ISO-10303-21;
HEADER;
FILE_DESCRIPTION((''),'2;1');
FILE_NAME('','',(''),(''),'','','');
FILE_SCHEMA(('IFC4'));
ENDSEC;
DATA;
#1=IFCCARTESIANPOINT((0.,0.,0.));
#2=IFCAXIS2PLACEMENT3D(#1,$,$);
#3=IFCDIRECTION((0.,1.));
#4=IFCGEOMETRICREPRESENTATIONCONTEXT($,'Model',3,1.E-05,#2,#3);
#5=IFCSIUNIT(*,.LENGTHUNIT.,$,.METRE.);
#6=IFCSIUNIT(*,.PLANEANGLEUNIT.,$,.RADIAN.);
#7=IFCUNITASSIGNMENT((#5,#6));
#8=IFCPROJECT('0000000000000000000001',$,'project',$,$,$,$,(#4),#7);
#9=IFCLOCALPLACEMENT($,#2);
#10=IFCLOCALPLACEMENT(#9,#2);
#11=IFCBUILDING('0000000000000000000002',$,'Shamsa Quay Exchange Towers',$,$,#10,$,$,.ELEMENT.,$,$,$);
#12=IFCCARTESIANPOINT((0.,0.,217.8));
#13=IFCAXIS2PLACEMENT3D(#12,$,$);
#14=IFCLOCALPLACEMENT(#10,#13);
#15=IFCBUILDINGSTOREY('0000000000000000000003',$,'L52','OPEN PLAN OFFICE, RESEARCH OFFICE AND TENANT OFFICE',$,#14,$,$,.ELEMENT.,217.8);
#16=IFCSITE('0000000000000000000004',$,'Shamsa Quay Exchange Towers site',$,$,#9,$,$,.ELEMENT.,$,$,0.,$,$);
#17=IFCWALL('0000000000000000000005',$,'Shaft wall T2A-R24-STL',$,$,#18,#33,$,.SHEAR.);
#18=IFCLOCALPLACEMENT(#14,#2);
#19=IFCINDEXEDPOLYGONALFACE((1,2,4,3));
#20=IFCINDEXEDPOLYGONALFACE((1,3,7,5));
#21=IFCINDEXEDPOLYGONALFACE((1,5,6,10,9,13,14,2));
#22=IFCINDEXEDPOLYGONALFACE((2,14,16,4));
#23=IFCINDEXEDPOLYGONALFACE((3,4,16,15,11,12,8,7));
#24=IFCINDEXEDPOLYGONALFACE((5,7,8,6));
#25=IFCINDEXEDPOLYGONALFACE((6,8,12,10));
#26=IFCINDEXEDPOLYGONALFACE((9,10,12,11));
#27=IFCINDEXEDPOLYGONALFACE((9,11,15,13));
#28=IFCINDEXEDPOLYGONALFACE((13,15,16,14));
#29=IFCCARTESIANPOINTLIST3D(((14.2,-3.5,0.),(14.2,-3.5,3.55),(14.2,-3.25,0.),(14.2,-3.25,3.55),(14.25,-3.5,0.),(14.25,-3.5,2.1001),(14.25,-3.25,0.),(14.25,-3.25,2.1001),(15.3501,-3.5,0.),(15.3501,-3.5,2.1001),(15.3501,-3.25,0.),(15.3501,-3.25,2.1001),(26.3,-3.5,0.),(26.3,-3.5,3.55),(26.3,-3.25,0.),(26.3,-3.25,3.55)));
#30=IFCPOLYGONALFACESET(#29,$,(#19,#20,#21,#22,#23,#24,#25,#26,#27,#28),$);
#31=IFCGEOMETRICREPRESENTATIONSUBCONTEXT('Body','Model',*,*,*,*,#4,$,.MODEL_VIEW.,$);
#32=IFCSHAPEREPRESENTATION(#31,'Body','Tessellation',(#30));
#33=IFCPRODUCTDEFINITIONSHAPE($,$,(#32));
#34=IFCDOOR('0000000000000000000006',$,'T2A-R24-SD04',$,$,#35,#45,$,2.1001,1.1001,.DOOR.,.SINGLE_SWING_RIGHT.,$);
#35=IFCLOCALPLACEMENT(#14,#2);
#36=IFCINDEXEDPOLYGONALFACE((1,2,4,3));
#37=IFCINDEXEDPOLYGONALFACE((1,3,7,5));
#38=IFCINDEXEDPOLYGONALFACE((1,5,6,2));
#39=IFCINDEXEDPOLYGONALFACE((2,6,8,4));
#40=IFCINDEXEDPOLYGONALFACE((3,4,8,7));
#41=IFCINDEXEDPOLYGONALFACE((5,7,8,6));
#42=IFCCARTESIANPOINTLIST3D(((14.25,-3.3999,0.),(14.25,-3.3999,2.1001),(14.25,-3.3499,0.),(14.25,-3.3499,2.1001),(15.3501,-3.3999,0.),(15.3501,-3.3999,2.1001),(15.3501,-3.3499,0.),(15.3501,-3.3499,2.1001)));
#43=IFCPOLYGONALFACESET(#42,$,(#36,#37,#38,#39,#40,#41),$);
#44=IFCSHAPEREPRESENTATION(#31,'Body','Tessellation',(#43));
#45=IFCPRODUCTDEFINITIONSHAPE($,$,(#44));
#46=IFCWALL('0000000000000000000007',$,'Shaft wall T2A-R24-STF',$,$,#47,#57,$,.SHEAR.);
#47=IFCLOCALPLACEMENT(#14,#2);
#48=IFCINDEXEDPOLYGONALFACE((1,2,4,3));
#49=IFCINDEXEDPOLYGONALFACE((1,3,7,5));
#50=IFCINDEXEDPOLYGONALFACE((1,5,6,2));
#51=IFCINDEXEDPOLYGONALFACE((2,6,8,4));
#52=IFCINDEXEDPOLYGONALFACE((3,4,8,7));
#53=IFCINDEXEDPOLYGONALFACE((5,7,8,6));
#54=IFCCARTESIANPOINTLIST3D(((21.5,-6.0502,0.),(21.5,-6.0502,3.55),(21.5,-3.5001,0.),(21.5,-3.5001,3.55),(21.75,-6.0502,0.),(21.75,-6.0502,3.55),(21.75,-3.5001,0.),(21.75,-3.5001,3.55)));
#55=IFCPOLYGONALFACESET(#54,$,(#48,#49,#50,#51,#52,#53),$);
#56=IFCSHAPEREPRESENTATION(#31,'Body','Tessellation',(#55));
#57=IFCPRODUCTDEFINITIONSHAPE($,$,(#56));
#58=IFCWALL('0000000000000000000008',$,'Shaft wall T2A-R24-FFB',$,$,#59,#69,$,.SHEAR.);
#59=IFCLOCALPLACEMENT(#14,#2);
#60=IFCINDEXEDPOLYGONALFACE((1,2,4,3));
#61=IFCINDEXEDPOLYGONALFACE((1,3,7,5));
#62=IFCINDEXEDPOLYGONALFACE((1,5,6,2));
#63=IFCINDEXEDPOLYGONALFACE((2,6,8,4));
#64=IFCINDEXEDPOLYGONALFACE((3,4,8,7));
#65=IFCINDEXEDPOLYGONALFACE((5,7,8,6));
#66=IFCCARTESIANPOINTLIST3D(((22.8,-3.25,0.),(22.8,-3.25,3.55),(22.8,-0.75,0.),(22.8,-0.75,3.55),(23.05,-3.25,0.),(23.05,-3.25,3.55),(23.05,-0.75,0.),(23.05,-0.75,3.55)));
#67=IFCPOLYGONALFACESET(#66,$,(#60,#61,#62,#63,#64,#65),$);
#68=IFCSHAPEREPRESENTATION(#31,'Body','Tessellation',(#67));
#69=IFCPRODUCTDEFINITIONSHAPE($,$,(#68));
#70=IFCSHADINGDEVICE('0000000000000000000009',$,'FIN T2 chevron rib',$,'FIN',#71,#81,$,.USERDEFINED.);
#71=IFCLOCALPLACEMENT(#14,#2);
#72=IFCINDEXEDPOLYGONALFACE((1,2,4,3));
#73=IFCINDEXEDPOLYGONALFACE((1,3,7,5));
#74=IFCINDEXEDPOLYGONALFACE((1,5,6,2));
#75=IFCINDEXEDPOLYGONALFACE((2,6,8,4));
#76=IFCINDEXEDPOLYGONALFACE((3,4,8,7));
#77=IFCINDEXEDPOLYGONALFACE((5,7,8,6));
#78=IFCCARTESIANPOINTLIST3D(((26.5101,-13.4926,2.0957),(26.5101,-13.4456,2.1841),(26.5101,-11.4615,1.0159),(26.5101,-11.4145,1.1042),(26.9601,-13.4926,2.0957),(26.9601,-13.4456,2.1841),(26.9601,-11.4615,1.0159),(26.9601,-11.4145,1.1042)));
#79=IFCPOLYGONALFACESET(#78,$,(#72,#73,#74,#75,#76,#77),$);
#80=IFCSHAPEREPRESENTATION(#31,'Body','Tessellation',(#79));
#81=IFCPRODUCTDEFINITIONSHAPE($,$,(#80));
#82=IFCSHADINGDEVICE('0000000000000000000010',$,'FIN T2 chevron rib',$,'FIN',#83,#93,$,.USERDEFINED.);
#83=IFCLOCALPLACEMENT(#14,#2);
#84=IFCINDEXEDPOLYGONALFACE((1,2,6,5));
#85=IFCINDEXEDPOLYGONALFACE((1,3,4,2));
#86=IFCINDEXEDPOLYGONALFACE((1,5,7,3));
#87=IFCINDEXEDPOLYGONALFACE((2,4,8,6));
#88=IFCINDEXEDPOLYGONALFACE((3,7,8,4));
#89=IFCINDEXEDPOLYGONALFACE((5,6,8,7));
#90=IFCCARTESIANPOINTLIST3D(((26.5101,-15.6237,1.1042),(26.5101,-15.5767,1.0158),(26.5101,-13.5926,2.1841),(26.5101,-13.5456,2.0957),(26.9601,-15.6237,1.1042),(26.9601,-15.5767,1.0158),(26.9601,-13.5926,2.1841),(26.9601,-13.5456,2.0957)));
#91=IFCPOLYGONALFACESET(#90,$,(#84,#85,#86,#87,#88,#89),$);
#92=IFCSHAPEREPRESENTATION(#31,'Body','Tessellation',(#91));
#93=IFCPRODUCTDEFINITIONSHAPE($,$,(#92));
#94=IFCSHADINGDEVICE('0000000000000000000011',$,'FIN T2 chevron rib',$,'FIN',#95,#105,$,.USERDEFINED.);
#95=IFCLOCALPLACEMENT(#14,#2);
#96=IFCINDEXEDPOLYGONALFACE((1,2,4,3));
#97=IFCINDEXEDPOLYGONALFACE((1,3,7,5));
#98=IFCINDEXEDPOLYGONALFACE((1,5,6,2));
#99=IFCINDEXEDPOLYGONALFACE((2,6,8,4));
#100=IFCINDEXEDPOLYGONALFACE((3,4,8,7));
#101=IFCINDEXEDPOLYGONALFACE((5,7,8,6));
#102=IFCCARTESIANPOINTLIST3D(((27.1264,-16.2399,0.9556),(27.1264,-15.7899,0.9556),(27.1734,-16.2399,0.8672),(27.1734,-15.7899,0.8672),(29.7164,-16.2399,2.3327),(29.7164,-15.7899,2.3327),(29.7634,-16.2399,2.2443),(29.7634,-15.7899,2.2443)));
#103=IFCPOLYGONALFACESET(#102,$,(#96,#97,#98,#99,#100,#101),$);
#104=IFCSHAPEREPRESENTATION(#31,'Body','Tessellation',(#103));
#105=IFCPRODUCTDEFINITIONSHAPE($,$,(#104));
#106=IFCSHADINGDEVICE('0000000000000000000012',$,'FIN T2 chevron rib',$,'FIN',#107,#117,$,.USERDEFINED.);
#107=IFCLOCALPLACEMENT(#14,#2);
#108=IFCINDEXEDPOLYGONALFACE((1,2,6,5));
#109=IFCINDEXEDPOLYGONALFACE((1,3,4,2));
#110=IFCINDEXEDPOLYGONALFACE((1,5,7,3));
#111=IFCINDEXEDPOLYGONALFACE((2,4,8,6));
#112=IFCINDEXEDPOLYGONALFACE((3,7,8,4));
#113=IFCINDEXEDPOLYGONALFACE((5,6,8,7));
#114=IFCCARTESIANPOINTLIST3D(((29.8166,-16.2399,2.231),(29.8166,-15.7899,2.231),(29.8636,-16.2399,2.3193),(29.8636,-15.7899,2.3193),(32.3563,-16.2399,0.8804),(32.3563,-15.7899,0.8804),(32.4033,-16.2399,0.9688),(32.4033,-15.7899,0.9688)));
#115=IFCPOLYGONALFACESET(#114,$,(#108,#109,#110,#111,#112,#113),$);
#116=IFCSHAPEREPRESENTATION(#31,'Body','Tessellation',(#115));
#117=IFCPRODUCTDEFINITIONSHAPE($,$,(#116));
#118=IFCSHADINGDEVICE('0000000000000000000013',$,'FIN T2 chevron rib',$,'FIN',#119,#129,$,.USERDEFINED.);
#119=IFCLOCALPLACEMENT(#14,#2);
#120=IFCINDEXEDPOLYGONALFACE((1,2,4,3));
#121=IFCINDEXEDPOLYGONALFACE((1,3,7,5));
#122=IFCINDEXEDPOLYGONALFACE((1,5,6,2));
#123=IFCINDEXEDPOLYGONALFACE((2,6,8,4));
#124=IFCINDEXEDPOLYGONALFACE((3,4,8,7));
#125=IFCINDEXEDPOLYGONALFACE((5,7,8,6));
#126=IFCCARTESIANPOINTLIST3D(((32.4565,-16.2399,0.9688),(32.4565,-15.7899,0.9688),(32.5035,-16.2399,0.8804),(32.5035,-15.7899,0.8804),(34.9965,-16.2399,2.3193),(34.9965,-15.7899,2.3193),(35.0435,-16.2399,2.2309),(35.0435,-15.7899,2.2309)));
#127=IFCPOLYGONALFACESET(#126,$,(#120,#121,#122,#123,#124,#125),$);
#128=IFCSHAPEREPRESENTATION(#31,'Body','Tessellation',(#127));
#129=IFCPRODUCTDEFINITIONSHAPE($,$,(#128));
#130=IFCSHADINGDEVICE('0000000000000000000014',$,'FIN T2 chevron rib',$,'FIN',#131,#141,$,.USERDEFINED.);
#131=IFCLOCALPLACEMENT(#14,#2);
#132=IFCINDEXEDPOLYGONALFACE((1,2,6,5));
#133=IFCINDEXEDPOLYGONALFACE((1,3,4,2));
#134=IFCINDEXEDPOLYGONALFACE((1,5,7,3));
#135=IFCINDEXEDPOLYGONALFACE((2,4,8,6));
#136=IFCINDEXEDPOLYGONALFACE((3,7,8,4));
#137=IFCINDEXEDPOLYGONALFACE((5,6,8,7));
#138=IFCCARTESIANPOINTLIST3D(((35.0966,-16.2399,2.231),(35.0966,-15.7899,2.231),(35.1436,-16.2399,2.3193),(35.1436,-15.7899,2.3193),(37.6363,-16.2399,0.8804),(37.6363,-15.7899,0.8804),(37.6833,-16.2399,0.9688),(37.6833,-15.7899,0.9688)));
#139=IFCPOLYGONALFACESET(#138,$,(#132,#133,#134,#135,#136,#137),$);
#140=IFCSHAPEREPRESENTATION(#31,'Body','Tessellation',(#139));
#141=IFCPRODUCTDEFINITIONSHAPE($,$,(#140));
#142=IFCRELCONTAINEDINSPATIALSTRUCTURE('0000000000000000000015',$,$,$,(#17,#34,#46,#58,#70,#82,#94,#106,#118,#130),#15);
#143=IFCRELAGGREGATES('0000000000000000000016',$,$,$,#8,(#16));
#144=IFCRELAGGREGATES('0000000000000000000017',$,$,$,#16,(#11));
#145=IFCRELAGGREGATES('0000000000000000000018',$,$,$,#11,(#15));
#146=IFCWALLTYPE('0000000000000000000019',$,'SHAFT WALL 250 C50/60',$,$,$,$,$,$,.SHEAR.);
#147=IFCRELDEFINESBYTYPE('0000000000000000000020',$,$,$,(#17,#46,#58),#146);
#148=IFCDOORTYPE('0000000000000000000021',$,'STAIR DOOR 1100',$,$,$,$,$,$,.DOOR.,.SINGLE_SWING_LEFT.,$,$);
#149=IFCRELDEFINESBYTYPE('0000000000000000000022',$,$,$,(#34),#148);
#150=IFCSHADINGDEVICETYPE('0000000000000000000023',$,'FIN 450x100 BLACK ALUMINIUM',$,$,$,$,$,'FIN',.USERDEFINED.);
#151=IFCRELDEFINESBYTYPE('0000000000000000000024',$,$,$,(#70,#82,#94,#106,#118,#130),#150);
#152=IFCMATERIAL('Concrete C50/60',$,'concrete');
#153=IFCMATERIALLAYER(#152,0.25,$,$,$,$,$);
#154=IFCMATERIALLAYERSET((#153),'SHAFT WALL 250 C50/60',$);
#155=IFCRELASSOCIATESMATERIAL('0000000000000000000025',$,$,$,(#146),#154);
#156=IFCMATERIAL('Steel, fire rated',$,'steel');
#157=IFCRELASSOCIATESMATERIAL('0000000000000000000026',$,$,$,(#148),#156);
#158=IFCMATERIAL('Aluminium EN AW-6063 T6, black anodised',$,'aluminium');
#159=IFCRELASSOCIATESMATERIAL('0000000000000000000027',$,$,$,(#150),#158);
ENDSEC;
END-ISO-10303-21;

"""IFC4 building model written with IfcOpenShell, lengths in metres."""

from ifc_helpers import new_model, si_unit, direction, frame, frame_2d, origin, origin_2d, place, context, subcontext, project, spatial, rectangle, extrude, material, layer, layer_set, material_profile, profile_set, type_object, element, fill, save


model = new_model("IFC4")

# Units and contexts
model_context = context("Model", 3, precision=1e-05, world=origin(), true_north=direction((0.0, 1.0)))
body_context = subcontext(model_context, "Body", "Model", "MODEL_VIEW")
ifc_project = project(units=[si_unit("LENGTHUNIT", "METRE"), si_unit("PLANEANGLEUNIT", "RADIAN")], contexts=[model_context])

# Site, building, storey
site_placement = place(None, origin())
site = spatial("IfcSite", under=ifc_project, at=site_placement, Name="Shamsa Quay Exchange Towers site", CompositionType="ELEMENT", RefElevation=0.0)
building_placement = place(site_placement, origin())
building = spatial("IfcBuilding", under=site, at=building_placement, Name="Shamsa Quay Exchange Towers", CompositionType="ELEMENT")
storey_placement = place(building_placement, frame((0.0, 0.0, 217.8)))
storey = spatial("IfcBuildingStorey", under=building, at=storey_placement, Name="L52", Description="OPEN PLAN OFFICE, RESEARCH OFFICE AND TENANT OFFICE", CompositionType="ELEMENT", Elevation=217.8)

# Shared definitions
ifc_material_1 = material(Name="Aluminium EN AW-6063 T6, black anodised", Category="aluminium")

# Wall, opening, door
ifc_material_2 = material(Name="Concrete C50/60", Category="concrete")
ifc_layer_1 = layer(ifc_material_2, 0.25)
ifc_layer_set_1 = layer_set([ifc_layer_1], Name="SHAFT WALL 250 C50/60")
wall_type_1 = type_object("IfcWallType", Name="SHAFT WALL 250 C50/60", PredefinedType="SHEAR", material=ifc_layer_set_1)
wall_1_placement = place(storey_placement, frame((26.3, -3.375, 0.0), z_axis=(0.0, 0.0, 1.0), x_axis=(-1.0, 0.0, 0.0)))
wall_1 = element("IfcWall", 1, at=wall_1_placement, inside=storey, type_object=wall_type_1, Name="Shaft wall T2A-R24-STL", PredefinedType="SHEAR", context=body_context, shape_type="SweptSolid", body=[
    extrude(rectangle(XDim=12.1001, YDim=0.25, at=frame_2d((6.05, 0.0))), origin(), (0.0, 0.0, 1.0), 3.55),
])
opening_1_placement = place(wall_1_placement, frame((10.95, 0.0, 0.0)))
opening_1 = element("IfcOpeningElement", 2, at=opening_1_placement, cuts=wall_1, PredefinedType="OPENING", context=body_context, shape_type="SweptSolid", body=[
    extrude(rectangle(XDim=1.1001, YDim=2.1001, at=frame_2d((0.55, 1.05))), frame((0.0, 0.135, 0.0), z_axis=(0.0, -1.0, 0.0), x_axis=(1.0, 0.0, 0.0)), (0.0, 0.0, 1.0), 0.27),
])
ifc_material_3 = material(Name="Steel, fire rated", Category="steel")
door_type_1 = type_object("IfcDoorType", Name="STAIR DOOR 1100", OperationType="SINGLE_SWING_LEFT", PredefinedType="DOOR", material=ifc_material_3)
door_1_placement = place(opening_1_placement, origin())
door_1 = element("IfcDoor", 3, at=door_1_placement, inside=storey, type_object=door_type_1, Name="T2A-R24-SD04", OperationType="SINGLE_SWING_RIGHT", OverallHeight=2.1001, OverallWidth=1.1001, PredefinedType="DOOR", context=body_context, shape_type="SweptSolid", body=[
    extrude(rectangle(XDim=1.1001, YDim=2.1001, at=frame_2d((0.55, 1.05))), frame((0.0, 0.0249, 0.0), z_axis=(0.0, -1.0, 0.0), x_axis=(1.0, 0.0, 0.0)), (0.0, 0.0, 1.0), 0.05),
])
fill(opening_1, door_1)

# Walls
wall_2_placement = place(storey_placement, frame((21.625, -6.05, 0.0), z_axis=(0.0, 0.0, 1.0), x_axis=(0.0, 1.0, 0.0)))
element("IfcWall", 4, at=wall_2_placement, inside=storey, type_object=wall_type_1, Name="Shaft wall T2A-R24-STF", PredefinedType="SHEAR", context=body_context, shape_type="SweptSolid", body=[
    extrude(rectangle(XDim=2.55, YDim=0.25, at=frame_2d((1.2749, 0.0))), origin(), (0.0, 0.0, 1.0), 3.55),
])
wall_3_placement = place(storey_placement, frame((22.925, -3.25, 0.0), z_axis=(0.0, 0.0, 1.0), x_axis=(0.0, 1.0, 0.0)))
element("IfcWall", 5, at=wall_3_placement, inside=storey, type_object=wall_type_1, Name="Shaft wall T2A-R24-FFB", PredefinedType="SHEAR", context=body_context, shape_type="SweptSolid", body=[
    extrude(rectangle(XDim=2.5, YDim=0.25, at=frame_2d((1.25, 0.0))), origin(), (0.0, 0.0, 1.0), 3.55),
])

# Shading devices
ifc_material_profile_1 = material_profile(ifc_material_1, rectangle(XDim=0.45, YDim=0.1001, at=origin_2d()), Name="FIN450x100")
ifc_profile_set_1 = profile_set([ifc_material_profile_1], Name="Aluminium EN AW-6063 T6, black anodised")
shading_device_type = type_object("IfcShadingDeviceType", Name="FIN 450x100 BLACK ALUMINIUM", ElementType="FIN", PredefinedType="USERDEFINED", material=ifc_profile_set_1)
for number, where, z_axis, x_axis, name in (
    (6, (26.7351, -11.438, 1.0601), (0.0, -0.88296, 0.469448), (1.0, 0.0, 0.0), "FIN T2 chevron rib"),
    (7, (26.7351, -13.5691, 2.1399), (0.0, -0.88296, -0.469448), (1.0, 0.0, 0.0), "FIN T2 chevron rib"),
):
    element("IfcShadingDevice", number, at=place(storey_placement, frame(where, z_axis=z_axis, x_axis=x_axis)), inside=storey, type_object=shading_device_type, Name=name, ObjectType="FIN", PredefinedType="USERDEFINED", context=body_context, shape_type="SweptSolid", body=[
        extrude(rectangle(XDim=0.45, YDim=0.1001, at=origin_2d()), origin(), (0.0, 0.0, 1.0), 2.3003),
    ])
shading_device_1_placement = place(storey_placement, frame((27.1499, -16.0149, 0.9114), z_axis=(0.882944, 0.0, 0.469478), x_axis=(0.0, 1.0, 0.0)))
element("IfcShadingDevice", 8, at=shading_device_1_placement, inside=storey, type_object=shading_device_type, Name="FIN T2 chevron rib", ObjectType="FIN", PredefinedType="USERDEFINED", context=body_context, shape_type="SweptSolid", body=[
    extrude(rectangle(XDim=0.45, YDim=0.1001, at=origin_2d()), origin(), (0.0, 0.0, 1.0), 2.9333),
])
shading_device_2_placement = place(storey_placement, frame((29.8401, -16.0149, 2.2751), z_axis=(0.882926, 0.0, -0.469513), x_axis=(0.0, 1.0, 0.0)))
element("IfcShadingDevice", 9, at=shading_device_2_placement, inside=storey, type_object=shading_device_type, Name="FIN T2 chevron rib", ObjectType="FIN", PredefinedType="USERDEFINED", context=body_context, shape_type="SweptSolid", body=[
    extrude(rectangle(XDim=0.45, YDim=0.1001, at=origin_2d()), origin(), (0.0, 0.0, 1.0), 2.8765),
])
shading_device_3_placement = place(storey_placement, frame((32.48, -16.0149, 0.9246), z_axis=(0.882944, 0.0, 0.469478), x_axis=(0.0, 1.0, 0.0)))
element("IfcShadingDevice", 10, at=shading_device_3_placement, inside=storey, type_object=shading_device_type, Name="FIN T2 chevron rib", ObjectType="FIN", PredefinedType="USERDEFINED", context=body_context, shape_type="SweptSolid", body=[
    extrude(rectangle(XDim=0.45, YDim=0.1001, at=origin_2d()), origin(), (0.0, 0.0, 1.0), 2.8767),
])
shading_device_4_placement = place(storey_placement, frame((35.1201, -16.0149, 2.2751), z_axis=(0.882926, 0.0, -0.469513), x_axis=(0.0, 1.0, 0.0)))
element("IfcShadingDevice", 11, at=shading_device_4_placement, inside=storey, type_object=shading_device_type, Name="FIN T2 chevron rib", ObjectType="FIN", PredefinedType="USERDEFINED", context=body_context, shape_type="SweptSolid", body=[
    extrude(rectangle(XDim=0.45, YDim=0.1001, at=origin_2d()), origin(), (0.0, 0.0, 1.0), 2.8765),
])

save(model, "model.ifc")
